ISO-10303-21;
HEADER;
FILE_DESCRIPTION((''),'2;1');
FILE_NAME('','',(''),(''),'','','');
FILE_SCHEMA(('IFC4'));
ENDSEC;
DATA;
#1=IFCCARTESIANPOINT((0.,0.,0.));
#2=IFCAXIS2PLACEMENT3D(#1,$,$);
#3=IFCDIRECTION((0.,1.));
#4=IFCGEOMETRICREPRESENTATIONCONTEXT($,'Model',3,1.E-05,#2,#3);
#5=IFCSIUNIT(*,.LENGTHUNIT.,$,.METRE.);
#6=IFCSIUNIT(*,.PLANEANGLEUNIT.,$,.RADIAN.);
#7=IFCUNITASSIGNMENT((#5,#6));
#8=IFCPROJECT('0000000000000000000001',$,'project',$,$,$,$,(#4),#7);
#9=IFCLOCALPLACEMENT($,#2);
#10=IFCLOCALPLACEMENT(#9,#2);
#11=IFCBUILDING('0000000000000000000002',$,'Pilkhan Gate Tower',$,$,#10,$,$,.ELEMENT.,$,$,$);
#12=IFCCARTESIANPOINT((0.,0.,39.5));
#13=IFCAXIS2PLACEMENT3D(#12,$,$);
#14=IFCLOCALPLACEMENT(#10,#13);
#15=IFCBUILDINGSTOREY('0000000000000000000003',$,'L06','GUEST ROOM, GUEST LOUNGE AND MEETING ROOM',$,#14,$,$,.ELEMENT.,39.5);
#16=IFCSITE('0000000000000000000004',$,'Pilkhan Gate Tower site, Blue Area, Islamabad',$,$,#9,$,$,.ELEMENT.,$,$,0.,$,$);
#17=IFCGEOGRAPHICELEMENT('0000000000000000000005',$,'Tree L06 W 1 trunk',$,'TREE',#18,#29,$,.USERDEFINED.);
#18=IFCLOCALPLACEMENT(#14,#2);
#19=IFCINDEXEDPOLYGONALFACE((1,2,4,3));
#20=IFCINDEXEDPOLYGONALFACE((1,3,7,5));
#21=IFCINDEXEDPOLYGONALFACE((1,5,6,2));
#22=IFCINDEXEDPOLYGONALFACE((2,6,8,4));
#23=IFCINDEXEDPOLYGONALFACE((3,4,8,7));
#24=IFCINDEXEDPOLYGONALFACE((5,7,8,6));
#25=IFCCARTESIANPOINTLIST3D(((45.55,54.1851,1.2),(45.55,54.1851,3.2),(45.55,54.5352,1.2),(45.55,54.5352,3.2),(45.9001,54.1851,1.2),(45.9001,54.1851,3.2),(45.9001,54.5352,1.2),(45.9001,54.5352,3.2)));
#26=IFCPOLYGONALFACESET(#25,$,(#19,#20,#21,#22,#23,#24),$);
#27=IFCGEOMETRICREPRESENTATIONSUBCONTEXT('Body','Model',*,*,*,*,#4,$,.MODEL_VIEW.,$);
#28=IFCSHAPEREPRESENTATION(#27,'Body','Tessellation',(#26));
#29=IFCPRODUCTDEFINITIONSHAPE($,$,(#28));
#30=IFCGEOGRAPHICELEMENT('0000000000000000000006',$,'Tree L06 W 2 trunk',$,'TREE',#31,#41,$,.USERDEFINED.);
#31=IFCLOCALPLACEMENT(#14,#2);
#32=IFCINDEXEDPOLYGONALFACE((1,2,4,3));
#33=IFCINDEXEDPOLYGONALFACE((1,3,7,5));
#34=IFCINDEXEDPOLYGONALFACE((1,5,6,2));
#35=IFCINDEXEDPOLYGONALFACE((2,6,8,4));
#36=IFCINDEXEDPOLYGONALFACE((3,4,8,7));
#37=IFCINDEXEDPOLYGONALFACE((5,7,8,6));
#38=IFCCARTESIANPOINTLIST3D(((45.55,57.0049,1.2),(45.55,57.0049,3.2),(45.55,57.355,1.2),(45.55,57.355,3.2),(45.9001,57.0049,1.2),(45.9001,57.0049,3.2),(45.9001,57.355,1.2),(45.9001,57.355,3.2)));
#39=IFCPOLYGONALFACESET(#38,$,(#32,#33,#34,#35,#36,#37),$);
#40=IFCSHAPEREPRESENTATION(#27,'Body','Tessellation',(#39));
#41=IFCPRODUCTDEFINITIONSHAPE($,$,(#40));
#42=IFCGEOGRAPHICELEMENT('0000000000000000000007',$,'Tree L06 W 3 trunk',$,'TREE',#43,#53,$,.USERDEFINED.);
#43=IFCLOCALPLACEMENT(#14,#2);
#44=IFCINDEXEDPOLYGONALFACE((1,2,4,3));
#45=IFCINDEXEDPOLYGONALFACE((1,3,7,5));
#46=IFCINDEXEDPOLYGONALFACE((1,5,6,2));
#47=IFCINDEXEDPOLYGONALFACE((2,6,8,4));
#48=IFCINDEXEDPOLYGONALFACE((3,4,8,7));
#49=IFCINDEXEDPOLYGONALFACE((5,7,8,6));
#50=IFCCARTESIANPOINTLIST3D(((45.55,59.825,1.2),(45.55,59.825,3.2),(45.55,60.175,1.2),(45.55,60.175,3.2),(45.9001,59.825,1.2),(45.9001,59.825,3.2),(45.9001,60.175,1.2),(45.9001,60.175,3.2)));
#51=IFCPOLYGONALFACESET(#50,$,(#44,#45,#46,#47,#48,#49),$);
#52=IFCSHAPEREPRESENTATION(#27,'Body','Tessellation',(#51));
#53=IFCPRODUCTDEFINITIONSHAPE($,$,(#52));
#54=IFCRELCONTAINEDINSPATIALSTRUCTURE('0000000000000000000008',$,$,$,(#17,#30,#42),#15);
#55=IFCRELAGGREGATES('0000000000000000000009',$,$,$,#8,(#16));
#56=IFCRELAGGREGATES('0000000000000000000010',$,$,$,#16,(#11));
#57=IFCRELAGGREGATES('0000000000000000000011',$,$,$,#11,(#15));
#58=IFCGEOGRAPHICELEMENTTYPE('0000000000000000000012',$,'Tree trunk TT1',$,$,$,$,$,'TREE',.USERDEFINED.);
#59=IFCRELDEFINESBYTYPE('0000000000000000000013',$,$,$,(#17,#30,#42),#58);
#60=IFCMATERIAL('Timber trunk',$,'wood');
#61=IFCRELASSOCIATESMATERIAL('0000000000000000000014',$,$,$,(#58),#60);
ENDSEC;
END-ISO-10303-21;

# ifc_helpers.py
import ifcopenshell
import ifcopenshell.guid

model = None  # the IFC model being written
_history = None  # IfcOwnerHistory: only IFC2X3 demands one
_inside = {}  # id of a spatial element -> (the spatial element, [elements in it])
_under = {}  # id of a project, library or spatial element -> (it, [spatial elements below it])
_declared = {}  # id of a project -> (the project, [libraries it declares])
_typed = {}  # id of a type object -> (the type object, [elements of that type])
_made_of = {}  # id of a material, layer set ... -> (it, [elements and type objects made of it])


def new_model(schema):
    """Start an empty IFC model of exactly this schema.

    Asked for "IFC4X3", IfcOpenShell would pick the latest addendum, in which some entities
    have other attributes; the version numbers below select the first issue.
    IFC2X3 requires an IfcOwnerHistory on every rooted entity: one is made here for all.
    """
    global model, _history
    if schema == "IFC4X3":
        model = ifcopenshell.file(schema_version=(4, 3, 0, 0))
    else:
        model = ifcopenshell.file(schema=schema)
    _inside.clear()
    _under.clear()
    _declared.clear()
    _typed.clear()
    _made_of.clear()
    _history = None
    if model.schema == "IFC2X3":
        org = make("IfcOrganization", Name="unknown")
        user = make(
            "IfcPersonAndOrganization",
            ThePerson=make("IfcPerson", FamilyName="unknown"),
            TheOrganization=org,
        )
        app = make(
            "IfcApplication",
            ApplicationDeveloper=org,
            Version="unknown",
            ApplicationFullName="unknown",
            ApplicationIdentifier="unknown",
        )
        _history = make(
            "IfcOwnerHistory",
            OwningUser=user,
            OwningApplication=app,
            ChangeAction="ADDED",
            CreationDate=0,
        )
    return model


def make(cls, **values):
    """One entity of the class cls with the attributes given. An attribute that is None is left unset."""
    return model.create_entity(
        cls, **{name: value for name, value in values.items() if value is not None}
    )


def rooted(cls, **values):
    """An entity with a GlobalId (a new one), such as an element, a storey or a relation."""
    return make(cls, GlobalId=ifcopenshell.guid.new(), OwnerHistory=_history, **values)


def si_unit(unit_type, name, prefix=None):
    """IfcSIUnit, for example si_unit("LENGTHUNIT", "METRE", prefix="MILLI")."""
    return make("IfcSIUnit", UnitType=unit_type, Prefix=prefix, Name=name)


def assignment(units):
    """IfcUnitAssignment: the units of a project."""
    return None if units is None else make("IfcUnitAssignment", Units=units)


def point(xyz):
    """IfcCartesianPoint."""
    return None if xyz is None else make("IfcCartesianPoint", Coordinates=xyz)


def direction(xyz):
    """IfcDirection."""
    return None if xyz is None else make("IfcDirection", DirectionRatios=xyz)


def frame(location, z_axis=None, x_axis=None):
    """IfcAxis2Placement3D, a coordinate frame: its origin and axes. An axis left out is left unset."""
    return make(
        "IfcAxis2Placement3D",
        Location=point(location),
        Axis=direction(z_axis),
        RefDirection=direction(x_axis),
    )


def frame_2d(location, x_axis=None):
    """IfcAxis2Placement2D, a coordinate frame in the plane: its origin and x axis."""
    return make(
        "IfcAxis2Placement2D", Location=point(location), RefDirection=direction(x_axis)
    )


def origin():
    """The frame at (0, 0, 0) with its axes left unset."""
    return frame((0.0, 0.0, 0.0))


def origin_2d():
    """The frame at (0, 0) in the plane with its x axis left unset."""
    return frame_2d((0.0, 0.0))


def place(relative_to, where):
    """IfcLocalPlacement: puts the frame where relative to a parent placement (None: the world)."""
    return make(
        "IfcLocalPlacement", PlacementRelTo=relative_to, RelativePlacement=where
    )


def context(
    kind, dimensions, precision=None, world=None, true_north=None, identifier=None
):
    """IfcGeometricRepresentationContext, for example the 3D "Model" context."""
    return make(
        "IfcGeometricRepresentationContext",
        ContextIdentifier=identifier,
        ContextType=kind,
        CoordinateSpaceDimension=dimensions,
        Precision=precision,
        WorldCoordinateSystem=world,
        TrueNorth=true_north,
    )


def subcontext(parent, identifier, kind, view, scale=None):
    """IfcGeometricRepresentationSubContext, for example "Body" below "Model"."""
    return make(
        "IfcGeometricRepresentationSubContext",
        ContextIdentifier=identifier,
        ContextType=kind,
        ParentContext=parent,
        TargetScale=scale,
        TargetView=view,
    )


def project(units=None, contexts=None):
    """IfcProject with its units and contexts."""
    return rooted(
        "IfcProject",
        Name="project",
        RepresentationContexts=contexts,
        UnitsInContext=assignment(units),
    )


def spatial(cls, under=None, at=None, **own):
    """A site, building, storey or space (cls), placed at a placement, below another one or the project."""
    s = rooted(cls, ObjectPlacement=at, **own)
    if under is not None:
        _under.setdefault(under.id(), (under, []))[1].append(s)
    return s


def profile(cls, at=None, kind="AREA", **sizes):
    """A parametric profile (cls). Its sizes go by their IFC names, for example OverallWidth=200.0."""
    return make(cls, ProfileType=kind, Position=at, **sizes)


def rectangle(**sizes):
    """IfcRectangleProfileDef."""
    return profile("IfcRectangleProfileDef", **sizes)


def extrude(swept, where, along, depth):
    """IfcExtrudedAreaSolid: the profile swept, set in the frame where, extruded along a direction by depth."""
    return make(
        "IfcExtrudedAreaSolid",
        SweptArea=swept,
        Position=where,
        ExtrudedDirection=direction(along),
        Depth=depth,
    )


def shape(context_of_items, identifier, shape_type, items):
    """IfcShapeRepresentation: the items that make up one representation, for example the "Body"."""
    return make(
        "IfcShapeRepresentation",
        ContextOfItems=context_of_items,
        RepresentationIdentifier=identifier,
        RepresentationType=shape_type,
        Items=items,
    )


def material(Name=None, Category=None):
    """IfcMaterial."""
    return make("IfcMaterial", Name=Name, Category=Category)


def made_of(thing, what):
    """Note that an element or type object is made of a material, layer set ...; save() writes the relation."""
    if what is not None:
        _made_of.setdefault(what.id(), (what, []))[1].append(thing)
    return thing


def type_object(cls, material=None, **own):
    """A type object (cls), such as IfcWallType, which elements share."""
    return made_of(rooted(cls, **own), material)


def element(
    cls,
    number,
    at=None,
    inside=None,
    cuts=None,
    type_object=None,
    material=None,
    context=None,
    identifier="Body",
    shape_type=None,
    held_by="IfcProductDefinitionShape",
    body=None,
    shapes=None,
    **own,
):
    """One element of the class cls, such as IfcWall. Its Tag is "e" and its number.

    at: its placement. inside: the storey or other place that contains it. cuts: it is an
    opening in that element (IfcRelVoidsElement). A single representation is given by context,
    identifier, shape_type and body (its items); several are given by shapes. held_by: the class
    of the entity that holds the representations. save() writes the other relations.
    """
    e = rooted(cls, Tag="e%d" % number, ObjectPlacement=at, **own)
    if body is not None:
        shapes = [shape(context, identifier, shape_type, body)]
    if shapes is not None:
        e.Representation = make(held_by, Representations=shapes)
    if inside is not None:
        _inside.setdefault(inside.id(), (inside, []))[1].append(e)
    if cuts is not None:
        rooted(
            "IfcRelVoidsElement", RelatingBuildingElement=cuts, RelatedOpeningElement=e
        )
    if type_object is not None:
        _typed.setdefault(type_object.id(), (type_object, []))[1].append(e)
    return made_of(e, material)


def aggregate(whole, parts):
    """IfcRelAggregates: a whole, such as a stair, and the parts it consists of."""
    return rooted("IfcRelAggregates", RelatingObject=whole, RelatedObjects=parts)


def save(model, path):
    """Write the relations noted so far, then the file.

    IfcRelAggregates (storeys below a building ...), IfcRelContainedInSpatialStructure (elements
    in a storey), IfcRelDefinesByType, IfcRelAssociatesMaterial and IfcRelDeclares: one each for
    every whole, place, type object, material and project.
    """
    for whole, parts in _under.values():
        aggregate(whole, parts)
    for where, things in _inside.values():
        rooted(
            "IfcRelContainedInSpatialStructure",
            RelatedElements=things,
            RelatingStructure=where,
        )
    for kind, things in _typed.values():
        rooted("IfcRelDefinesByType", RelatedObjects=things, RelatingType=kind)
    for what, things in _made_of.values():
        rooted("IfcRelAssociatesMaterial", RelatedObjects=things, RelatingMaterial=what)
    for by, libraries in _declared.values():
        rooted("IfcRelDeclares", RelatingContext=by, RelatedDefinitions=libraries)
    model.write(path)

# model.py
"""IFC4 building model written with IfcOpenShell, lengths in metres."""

from ifc_helpers import new_model, si_unit, direction, frame, origin, origin_2d, place, context, subcontext, project, spatial, rectangle, extrude, material, type_object, element, save


model = new_model("IFC4")

# Units and contexts
model_context = context("Model", 3, precision=1e-05, world=origin(), true_north=direction((0.0, 1.0)))
body_context = subcontext(model_context, "Body", "Model", "MODEL_VIEW")
ifc_project = project(units=[si_unit("LENGTHUNIT", "METRE"), si_unit("PLANEANGLEUNIT", "RADIAN")], contexts=[model_context])

# Site, building, storey
site_placement = place(None, origin())
site = spatial("IfcSite", under=ifc_project, at=site_placement, Name="Pilkhan Gate Tower site, Blue Area, Islamabad", CompositionType="ELEMENT", RefElevation=0.0)
building_placement = place(site_placement, origin())
building = spatial("IfcBuilding", under=site, at=building_placement, Name="Pilkhan Gate Tower", CompositionType="ELEMENT")
storey_placement = place(building_placement, frame((0.0, 0.0, 39.5)))
storey = spatial("IfcBuildingStorey", under=building, at=storey_placement, Name="L06", Description="GUEST ROOM, GUEST LOUNGE AND MEETING ROOM", CompositionType="ELEMENT", Elevation=39.5)

# Geographic elements
ifc_material_1 = material(Name="Timber trunk", Category="wood")
geographic_element_type_1 = type_object("IfcGeographicElementType", Name="Tree trunk TT1", ElementType="TREE", PredefinedType="USERDEFINED", material=ifc_material_1)
for number, where, z_axis, x_axis, name in (
    (1, (45.7251, 54.3601, 1.2), (0.0, 0.0, 1.0), (1.0, 0.0, 0.0), "Tree L06 W 1 trunk"),
    (2, (45.7251, 57.1799, 1.2), (0.0, 0.0, 1.0), (1.0, 0.0, 0.0), "Tree L06 W 2 trunk"),
    (3, (45.7251, 60.0, 1.2), (0.0, 0.0, 1.0), (1.0, 0.0, 0.0), "Tree L06 W 3 trunk"),
):
    element("IfcGeographicElement", number, at=place(storey_placement, frame(where, z_axis=z_axis, x_axis=x_axis)), inside=storey, type_object=geographic_element_type_1, Name=name, ObjectType="TREE", PredefinedType="USERDEFINED", context=body_context, shape_type="SweptSolid", body=[
        extrude(rectangle(XDim=0.3501, YDim=0.3501, at=origin_2d()), origin(), (0.0, 0.0, 1.0), 2.0),
    ])

save(model, "model.ifc")
